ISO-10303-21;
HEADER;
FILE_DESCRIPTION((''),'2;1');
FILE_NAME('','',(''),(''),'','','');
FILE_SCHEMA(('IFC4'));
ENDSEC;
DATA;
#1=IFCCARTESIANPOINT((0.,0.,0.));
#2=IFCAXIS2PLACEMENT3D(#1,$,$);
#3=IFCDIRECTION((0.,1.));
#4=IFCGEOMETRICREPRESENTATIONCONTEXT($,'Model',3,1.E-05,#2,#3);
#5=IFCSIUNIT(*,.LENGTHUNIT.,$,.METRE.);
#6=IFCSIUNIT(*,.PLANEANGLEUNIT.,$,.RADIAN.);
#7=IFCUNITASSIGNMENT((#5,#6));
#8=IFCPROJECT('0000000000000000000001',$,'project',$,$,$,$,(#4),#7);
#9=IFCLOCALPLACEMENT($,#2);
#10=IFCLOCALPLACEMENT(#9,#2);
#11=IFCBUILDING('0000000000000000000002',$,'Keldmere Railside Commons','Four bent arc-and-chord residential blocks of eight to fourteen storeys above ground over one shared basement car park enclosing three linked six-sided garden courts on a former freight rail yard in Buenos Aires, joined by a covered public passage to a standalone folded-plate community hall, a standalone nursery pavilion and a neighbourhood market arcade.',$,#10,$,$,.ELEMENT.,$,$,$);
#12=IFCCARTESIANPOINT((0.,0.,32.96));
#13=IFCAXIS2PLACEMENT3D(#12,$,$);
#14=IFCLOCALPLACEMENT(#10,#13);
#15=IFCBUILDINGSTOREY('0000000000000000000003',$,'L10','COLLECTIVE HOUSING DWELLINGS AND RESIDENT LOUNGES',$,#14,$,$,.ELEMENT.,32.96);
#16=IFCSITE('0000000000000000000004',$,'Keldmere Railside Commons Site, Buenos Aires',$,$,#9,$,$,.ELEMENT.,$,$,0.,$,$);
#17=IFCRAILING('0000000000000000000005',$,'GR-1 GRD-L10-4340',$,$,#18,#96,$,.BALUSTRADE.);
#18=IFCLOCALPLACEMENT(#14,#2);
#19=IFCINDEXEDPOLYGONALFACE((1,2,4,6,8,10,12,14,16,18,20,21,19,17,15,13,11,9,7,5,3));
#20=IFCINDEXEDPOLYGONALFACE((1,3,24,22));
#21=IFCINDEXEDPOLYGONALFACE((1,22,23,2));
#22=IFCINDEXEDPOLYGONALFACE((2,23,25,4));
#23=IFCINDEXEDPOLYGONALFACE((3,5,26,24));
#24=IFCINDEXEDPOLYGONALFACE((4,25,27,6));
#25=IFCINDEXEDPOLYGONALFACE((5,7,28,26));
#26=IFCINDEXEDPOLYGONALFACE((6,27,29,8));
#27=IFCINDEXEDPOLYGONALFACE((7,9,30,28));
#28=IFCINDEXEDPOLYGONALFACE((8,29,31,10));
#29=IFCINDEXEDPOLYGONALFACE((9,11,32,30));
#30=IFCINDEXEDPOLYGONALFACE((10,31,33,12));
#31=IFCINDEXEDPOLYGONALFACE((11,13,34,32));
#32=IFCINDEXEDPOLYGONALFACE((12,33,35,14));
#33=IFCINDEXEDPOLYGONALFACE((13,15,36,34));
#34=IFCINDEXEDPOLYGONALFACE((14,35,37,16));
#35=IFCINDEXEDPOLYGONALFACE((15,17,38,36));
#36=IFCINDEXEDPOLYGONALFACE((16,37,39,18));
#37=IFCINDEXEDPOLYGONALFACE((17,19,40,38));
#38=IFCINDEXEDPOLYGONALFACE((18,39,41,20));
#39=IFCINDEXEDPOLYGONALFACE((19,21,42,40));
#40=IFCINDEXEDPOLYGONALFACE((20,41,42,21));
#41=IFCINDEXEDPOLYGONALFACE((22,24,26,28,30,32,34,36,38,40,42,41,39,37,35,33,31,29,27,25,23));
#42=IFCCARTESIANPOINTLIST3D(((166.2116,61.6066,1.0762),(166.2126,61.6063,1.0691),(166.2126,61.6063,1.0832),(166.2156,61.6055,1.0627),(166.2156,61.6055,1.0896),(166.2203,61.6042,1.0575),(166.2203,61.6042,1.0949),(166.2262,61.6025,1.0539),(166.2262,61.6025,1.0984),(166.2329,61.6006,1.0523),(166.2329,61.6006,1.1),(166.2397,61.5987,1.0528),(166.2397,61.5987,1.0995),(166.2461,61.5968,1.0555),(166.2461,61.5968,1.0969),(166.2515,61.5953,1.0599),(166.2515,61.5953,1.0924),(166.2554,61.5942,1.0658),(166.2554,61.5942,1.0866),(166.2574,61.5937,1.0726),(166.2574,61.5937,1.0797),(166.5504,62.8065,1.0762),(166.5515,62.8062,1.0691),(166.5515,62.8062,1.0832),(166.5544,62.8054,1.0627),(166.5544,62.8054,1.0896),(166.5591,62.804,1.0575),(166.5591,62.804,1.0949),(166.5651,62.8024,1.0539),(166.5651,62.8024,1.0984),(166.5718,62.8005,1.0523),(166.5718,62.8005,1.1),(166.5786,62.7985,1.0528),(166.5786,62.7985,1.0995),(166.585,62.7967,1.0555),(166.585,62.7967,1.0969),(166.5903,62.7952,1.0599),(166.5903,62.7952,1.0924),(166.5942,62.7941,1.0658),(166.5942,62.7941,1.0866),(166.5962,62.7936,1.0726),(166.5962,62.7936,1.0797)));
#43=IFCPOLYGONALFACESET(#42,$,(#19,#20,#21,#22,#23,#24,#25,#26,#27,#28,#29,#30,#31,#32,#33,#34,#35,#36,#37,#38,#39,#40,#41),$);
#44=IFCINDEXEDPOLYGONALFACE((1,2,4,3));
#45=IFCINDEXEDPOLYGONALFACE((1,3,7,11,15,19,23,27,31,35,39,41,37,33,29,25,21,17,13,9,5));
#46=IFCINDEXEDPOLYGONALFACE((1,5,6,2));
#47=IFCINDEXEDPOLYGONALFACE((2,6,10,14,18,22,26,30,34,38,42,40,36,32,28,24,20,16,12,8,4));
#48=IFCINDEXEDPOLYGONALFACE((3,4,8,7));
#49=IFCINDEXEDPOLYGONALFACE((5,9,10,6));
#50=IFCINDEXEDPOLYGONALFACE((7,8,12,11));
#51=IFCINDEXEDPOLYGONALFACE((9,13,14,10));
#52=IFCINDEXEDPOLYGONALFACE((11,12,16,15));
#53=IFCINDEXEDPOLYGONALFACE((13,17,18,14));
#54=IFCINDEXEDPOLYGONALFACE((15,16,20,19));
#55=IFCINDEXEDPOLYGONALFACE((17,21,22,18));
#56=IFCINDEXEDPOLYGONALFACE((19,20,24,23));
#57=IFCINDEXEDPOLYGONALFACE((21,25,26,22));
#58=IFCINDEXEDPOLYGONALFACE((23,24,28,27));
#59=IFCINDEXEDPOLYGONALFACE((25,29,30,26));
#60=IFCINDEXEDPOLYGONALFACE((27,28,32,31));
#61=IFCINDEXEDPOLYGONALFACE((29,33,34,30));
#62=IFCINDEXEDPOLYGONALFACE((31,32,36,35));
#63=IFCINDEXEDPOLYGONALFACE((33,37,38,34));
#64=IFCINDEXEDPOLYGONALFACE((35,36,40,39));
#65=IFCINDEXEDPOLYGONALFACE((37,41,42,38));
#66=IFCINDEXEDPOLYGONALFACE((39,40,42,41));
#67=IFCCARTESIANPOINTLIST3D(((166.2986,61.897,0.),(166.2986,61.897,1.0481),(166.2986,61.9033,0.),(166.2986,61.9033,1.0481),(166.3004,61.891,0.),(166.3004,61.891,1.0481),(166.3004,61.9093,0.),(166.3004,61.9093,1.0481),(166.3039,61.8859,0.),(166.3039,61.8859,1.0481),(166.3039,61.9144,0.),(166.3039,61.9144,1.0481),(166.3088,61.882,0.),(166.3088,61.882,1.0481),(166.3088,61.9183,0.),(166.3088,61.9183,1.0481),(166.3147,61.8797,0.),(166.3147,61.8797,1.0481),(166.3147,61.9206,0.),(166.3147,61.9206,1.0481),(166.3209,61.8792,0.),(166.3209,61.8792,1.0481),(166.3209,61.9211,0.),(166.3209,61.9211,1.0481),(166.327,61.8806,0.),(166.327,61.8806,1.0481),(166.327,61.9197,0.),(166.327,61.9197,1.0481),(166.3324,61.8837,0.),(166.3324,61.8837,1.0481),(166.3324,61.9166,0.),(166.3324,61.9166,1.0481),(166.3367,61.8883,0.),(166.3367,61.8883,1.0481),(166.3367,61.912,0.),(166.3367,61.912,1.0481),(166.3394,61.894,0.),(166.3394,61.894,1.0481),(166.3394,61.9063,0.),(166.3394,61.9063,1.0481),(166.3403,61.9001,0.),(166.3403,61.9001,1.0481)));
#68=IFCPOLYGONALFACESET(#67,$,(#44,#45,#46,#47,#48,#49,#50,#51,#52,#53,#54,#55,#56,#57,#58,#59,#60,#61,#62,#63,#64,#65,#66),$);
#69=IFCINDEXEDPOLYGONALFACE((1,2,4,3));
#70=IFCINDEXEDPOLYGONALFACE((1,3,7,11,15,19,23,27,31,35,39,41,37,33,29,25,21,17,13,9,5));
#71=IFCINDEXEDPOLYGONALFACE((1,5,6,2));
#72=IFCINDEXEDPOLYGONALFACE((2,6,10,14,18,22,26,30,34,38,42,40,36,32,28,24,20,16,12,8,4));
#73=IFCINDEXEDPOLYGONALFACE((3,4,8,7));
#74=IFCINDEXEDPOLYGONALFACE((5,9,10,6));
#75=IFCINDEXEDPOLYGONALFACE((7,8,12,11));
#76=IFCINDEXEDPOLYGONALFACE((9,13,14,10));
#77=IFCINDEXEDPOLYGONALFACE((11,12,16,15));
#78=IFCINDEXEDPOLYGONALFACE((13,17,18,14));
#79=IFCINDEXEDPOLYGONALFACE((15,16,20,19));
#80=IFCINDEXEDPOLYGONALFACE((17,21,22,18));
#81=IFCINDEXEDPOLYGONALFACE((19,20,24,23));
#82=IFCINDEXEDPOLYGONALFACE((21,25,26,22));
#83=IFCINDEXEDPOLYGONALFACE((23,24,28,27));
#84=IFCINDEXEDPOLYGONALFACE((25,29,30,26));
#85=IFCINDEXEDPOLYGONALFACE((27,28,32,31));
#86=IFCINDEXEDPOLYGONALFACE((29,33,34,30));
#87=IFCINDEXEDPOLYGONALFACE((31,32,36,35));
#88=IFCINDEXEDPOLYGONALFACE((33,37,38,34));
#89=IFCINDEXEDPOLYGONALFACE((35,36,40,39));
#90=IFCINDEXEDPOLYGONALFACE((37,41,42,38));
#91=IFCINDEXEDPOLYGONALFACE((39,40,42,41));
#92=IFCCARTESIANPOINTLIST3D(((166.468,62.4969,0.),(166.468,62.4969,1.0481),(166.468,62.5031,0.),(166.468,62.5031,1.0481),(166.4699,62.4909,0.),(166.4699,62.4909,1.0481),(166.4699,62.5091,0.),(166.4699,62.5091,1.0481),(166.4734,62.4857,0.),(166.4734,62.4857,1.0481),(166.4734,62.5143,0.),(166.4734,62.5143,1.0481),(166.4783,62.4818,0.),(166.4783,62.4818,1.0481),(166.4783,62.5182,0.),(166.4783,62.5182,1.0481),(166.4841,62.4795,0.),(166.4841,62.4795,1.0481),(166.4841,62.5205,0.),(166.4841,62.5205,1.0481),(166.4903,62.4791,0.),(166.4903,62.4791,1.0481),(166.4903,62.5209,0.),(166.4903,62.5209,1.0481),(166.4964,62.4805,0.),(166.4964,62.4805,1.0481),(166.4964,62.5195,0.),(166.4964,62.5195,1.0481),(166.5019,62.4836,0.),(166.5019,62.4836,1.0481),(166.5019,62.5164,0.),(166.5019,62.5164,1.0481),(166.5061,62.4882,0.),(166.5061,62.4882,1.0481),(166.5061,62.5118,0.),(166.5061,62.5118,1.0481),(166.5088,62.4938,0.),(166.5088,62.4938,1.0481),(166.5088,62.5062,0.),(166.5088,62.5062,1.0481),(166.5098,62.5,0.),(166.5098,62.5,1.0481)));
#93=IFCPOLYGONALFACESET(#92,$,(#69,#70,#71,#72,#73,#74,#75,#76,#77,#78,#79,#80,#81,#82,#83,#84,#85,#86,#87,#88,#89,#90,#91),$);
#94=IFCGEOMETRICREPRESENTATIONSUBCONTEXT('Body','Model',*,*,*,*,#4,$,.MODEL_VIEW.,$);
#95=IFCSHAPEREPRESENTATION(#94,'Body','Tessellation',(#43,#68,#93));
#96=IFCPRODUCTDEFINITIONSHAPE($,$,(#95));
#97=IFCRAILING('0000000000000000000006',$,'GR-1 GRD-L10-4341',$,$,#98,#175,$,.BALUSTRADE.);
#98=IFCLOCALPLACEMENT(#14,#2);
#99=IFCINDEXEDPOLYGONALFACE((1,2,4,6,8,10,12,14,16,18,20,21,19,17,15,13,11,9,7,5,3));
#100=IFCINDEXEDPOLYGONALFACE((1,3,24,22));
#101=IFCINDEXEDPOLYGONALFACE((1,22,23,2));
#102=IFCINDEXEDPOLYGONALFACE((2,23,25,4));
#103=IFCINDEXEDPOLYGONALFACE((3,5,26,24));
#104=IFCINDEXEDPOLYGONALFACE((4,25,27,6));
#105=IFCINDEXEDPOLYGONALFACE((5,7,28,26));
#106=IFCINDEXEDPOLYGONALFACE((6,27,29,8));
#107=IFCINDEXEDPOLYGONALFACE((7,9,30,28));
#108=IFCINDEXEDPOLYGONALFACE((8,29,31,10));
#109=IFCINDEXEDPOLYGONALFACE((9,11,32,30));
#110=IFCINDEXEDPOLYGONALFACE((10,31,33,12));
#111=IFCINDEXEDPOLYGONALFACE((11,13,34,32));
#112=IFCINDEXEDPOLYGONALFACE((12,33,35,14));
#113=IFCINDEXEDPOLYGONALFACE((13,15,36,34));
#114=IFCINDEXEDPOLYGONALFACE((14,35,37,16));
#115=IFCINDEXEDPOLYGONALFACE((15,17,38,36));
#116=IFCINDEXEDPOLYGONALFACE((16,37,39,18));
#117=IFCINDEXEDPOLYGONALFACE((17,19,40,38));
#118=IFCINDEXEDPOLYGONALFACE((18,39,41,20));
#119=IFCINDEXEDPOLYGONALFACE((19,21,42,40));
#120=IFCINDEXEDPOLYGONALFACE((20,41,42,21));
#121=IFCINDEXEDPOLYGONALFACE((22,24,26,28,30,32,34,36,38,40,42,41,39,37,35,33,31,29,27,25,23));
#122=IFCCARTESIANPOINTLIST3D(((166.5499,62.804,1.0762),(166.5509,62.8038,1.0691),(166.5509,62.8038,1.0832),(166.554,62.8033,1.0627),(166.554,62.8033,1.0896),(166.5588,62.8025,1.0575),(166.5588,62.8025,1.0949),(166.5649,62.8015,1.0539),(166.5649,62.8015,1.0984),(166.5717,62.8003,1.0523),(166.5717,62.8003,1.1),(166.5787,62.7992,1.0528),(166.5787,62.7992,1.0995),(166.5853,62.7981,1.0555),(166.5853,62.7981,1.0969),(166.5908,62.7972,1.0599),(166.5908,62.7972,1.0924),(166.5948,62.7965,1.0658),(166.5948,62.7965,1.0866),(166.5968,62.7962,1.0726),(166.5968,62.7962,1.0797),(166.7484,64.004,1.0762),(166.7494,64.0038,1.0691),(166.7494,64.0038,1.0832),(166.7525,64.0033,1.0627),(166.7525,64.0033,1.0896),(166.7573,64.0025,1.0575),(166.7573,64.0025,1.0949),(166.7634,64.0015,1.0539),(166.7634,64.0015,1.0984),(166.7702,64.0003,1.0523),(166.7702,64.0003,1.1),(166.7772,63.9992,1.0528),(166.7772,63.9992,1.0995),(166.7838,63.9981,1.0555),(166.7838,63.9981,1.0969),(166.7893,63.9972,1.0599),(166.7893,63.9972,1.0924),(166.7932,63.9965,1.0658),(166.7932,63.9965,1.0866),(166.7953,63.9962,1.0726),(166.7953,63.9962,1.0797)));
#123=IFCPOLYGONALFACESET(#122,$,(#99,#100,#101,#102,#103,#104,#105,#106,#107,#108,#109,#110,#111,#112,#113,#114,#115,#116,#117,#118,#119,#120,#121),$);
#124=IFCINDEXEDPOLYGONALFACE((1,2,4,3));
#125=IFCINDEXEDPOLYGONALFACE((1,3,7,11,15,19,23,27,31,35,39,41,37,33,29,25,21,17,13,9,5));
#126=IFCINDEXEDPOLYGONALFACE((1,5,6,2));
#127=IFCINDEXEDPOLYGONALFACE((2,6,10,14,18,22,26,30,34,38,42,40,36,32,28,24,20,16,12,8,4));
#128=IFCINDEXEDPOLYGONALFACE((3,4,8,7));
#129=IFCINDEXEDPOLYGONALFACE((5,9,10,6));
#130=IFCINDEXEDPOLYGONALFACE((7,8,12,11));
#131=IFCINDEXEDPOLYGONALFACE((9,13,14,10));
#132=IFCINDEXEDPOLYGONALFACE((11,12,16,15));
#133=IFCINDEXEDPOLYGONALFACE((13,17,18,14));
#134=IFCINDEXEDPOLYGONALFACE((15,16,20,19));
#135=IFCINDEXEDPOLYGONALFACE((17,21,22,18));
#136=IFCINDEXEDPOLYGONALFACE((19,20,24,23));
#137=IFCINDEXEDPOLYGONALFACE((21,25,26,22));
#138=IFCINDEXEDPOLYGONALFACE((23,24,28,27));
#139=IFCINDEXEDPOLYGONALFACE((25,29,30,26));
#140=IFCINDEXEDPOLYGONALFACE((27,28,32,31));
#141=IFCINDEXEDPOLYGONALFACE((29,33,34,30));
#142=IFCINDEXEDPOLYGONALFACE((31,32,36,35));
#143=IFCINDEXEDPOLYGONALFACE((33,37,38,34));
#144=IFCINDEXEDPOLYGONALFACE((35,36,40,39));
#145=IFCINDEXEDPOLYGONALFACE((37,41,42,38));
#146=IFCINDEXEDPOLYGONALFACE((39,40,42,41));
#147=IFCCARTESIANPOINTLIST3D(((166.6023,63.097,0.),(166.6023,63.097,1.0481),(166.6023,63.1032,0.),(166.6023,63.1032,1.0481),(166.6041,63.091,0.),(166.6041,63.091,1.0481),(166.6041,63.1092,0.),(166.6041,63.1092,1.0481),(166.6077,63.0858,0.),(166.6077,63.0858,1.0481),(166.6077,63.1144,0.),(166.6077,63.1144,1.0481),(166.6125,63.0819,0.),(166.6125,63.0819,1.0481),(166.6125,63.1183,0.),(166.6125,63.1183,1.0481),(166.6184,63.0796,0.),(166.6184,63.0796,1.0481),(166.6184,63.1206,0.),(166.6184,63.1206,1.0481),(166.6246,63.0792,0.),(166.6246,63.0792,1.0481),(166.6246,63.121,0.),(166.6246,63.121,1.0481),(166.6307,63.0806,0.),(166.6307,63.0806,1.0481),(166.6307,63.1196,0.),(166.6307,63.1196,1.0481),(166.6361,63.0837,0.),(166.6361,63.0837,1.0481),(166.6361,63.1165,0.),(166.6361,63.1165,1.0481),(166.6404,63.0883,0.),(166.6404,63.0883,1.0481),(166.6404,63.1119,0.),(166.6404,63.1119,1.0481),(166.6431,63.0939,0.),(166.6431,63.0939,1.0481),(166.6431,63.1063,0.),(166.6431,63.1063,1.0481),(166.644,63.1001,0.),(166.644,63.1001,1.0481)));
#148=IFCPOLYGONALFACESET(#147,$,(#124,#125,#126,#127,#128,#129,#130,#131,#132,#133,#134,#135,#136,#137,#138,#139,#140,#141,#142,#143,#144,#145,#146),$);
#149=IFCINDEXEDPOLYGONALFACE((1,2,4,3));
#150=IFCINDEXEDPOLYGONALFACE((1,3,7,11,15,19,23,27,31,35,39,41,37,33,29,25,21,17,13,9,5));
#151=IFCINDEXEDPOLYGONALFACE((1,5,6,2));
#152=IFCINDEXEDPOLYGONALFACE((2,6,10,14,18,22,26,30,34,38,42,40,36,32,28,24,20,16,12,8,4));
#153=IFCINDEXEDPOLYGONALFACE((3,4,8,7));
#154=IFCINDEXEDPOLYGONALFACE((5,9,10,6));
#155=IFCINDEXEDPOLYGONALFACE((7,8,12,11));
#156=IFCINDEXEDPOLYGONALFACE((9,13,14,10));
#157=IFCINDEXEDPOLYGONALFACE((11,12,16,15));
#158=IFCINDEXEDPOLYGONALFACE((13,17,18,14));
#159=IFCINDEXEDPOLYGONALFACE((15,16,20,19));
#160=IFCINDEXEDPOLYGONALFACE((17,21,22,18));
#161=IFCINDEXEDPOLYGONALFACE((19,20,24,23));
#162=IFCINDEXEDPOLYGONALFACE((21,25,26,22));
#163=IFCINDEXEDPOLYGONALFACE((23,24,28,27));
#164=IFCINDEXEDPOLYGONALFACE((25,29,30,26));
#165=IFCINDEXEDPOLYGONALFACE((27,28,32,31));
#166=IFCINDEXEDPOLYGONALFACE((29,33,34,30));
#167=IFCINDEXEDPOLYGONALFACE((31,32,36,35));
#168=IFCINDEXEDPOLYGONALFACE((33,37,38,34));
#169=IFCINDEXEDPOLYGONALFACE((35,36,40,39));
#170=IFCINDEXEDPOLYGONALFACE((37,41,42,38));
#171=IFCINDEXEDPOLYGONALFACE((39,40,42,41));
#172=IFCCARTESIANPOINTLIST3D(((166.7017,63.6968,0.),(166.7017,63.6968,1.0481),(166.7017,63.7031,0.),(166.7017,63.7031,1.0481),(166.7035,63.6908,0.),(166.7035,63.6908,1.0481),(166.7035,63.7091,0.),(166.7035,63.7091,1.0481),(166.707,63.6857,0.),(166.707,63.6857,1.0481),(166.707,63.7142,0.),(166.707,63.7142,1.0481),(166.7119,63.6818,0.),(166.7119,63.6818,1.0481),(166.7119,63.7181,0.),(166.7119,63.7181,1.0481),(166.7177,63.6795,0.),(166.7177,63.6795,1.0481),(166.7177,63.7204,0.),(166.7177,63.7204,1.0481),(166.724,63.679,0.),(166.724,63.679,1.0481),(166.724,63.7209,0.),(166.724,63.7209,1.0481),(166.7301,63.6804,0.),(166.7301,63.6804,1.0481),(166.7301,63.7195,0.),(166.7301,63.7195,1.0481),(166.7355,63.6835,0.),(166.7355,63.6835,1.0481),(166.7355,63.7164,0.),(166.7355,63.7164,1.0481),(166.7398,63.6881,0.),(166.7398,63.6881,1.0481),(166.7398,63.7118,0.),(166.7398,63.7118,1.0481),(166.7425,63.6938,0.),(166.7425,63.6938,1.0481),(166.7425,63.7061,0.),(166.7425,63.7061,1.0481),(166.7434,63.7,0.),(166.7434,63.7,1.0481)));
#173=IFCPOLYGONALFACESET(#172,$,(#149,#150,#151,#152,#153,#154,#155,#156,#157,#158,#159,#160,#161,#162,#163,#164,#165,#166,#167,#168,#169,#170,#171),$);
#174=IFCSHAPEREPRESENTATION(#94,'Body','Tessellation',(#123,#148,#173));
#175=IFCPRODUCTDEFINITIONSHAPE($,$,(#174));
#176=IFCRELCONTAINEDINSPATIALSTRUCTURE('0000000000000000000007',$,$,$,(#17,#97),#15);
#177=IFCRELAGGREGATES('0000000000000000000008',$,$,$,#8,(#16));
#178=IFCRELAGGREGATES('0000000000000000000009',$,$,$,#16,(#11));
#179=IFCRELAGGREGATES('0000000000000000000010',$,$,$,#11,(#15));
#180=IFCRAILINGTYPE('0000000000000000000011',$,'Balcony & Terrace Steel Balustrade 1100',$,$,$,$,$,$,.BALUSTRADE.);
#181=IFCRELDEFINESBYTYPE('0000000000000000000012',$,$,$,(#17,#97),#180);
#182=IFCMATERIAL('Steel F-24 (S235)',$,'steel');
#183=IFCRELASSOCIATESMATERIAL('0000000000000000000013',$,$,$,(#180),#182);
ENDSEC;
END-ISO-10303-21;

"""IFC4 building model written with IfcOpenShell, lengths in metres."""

from ifc_helpers import new_model, si_unit, direction, frame, origin, origin_2d, place, context, subcontext, project, spatial, circle, extrude, material, type_object, element, save


model = new_model("IFC4")

# Units and contexts
model_context = context("Model", 3, precision=1e-05, world=origin(), true_north=direction((0.0, 1.0)))
body_context = subcontext(model_context, "Body", "Model", "MODEL_VIEW")
ifc_project = project(units=[si_unit("LENGTHUNIT", "METRE"), si_unit("PLANEANGLEUNIT", "RADIAN")], contexts=[model_context])

# Site, building, storey
site_placement = place(None, origin())
site = spatial("IfcSite", under=ifc_project, at=site_placement, Name="Keldmere Railside Commons Site, Buenos Aires", CompositionType="ELEMENT", RefElevation=0.0)
building_placement = place(site_placement, origin())
building = spatial("IfcBuilding", under=site, at=building_placement, Name="Keldmere Railside Commons", Description="Four bent arc-and-chord residential blocks of eight to fourteen storeys above ground over one shared basement car park enclosing three linked six-sided garden courts on a former freight rail yard in Buenos Aires, joined by a covered public passage to a standalone folded-plate community hall, a standalone nursery pavilion and a neighbourhood market arcade.", CompositionType="ELEMENT")
storey_placement = place(building_placement, frame((0.0, 0.0, 32.96)))
storey = spatial("IfcBuildingStorey", under=building, at=storey_placement, Name="L10", Description="COLLECTIVE HOUSING DWELLINGS AND RESIDENT LOUNGES", CompositionType="ELEMENT", Elevation=32.96)

# Railings
ifc_material_1 = material(Name="Steel F-24 (S235)", Category="steel")
railing_type = type_object("IfcRailingType", Name="Balcony & Terrace Steel Balustrade 1100", PredefinedType="BALUSTRADE", material=ifc_material_1)
railing_1_placement = place(storey_placement, frame((166.2346, 61.6001, 0.0)))
element("IfcRailing", 1, at=railing_1_placement, inside=storey, type_object=railing_type, Name="GR-1 GRD-L10-4340", PredefinedType="BALUSTRADE", context=body_context, shape_type="SweptSolid", body=[
    extrude(circle(Radius=0.0239, at=origin_2d()), frame((0.0, 0.0, 1.0762), z_axis=(0.271772, 0.962362, 0.0), x_axis=(-0.962362, 0.271772, 0.0)), (0.0, 0.0, 1.0), 1.2468),
    extrude(circle(Radius=0.021, at=origin_2d()), frame((0.0847, 0.3, 0.0)), (0.0, 0.0, 1.0), 1.0481),
    extrude(circle(Radius=0.021, at=origin_2d()), frame((0.2542, 0.8999, 0.0)), (0.0, 0.0, 1.0), 1.0481),
])
railing_2_placement = place(storey_placement, frame((166.5735, 62.8, 0.0)))
element("IfcRailing", 2, at=railing_2_placement, inside=storey, type_object=railing_type, Name="GR-1 GRD-L10-4341", PredefinedType="BALUSTRADE", context=body_context, shape_type="SweptSolid", body=[
    extrude(circle(Radius=0.0239, at=origin_2d()), frame((0.0, 0.0, 1.0762), z_axis=(0.163194, 0.986594, 0.0), x_axis=(-0.986594, 0.163194, 0.0)), (0.0, 0.0, 1.0), 1.2163),
    extrude(circle(Radius=0.021, at=origin_2d()), frame((0.0496, 0.3, 0.0)), (0.0, 0.0, 1.0), 1.0481),
    extrude(circle(Radius=0.021, at=origin_2d()), frame((0.1489, 0.8999, 0.0)), (0.0, 0.0, 1.0), 1.0481),
])

save(model, "model.ifc")
